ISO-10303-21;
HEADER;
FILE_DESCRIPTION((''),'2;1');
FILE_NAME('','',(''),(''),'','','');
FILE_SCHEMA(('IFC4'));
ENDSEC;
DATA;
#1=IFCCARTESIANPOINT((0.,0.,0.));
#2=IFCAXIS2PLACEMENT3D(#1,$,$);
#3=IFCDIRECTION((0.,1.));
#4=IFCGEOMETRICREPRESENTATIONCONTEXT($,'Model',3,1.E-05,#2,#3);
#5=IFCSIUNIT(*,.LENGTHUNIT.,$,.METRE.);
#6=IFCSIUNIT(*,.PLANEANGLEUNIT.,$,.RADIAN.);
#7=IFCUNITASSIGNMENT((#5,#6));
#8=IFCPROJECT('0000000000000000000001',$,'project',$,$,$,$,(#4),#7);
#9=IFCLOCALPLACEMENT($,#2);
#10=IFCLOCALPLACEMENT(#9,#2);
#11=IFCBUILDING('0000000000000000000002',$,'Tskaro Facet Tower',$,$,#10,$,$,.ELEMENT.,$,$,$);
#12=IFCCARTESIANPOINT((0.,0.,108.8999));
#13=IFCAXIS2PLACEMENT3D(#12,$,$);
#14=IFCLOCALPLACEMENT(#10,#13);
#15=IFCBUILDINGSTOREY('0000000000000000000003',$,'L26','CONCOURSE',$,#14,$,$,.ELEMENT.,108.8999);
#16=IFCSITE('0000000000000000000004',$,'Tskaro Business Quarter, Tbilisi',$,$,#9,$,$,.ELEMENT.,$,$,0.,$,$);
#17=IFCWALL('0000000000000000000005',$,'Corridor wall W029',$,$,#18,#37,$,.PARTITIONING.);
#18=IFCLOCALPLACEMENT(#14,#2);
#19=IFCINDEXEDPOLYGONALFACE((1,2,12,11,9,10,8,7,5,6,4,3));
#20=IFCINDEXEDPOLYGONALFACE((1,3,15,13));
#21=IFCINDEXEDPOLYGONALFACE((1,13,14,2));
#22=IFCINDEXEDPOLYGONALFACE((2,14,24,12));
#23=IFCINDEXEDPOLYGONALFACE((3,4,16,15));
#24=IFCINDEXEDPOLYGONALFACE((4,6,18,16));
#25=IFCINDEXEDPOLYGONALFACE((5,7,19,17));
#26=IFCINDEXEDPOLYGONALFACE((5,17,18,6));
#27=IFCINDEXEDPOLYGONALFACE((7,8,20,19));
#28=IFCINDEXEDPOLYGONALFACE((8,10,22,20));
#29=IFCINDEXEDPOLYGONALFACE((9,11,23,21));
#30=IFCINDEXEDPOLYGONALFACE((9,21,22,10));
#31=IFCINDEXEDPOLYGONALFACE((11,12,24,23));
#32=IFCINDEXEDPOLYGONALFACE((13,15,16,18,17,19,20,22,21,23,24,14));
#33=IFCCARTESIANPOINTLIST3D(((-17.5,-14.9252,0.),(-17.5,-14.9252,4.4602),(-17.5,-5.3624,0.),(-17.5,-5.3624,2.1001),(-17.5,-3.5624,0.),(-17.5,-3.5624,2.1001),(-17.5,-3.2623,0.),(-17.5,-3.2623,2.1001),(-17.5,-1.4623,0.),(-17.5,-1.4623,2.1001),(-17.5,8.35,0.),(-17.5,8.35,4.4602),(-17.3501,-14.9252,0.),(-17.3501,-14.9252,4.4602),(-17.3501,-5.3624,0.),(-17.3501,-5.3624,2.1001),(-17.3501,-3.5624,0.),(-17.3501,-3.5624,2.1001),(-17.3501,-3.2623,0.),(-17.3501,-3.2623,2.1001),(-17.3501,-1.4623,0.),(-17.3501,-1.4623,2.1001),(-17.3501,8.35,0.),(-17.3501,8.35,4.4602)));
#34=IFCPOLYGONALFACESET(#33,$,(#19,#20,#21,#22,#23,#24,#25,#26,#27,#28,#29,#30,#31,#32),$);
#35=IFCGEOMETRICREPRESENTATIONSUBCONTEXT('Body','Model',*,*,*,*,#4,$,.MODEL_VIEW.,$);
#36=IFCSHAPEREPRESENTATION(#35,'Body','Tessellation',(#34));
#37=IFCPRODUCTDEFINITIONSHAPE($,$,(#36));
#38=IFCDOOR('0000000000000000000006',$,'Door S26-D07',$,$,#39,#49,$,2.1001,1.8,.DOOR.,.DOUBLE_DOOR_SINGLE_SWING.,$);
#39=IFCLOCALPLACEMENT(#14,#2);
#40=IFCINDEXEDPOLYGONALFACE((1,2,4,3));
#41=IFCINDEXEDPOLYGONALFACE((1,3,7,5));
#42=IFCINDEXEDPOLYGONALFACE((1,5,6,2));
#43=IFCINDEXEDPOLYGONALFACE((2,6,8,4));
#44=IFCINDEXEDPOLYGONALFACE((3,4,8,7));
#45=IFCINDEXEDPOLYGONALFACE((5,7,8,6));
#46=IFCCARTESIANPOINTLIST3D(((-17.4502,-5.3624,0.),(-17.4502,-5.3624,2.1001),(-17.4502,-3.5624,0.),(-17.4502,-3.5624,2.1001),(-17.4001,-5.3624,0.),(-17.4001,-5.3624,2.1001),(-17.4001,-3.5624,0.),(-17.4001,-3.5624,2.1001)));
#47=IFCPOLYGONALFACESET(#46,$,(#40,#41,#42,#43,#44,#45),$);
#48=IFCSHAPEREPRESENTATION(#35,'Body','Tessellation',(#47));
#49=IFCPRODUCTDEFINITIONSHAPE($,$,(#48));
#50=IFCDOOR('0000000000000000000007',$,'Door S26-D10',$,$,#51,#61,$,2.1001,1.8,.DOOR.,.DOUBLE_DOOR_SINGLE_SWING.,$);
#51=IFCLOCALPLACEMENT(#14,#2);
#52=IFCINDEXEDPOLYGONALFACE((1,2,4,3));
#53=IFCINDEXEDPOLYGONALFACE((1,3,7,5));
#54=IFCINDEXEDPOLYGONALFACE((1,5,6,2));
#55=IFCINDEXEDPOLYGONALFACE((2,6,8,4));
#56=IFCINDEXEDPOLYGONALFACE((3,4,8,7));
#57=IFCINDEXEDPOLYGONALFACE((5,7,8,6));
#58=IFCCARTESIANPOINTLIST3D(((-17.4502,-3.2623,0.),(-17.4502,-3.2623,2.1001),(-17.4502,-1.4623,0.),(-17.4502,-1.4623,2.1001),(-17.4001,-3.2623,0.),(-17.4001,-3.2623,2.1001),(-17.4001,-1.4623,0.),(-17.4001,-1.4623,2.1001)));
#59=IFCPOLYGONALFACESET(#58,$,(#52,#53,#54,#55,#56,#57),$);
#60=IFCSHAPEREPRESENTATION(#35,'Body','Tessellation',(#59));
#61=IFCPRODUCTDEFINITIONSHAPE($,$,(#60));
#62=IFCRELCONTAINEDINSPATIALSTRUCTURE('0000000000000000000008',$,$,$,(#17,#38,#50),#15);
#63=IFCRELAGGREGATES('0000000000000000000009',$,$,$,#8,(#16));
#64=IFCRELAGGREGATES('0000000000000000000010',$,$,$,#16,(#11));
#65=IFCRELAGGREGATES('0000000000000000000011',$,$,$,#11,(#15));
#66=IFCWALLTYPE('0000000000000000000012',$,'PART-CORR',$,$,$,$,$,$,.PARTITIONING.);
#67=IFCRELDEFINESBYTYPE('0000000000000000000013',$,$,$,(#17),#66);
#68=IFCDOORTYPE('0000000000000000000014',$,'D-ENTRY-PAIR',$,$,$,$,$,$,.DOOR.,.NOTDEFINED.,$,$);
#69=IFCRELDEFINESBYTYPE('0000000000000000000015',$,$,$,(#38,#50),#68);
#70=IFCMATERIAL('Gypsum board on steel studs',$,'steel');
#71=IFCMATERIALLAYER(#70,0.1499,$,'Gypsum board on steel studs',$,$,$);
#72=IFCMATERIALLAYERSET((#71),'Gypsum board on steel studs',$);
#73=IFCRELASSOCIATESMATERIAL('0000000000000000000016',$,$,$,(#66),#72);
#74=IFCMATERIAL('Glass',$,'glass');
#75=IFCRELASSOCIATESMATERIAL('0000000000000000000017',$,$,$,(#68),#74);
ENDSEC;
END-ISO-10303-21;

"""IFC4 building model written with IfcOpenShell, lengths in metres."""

from ifc_helpers import new_model, si_unit, direction, frame, frame_2d, origin, place, context, subcontext, project, spatial, rectangle, extrude, material, layer, layer_set, type_object, element, fill, save


model = new_model("IFC4")

# Units and contexts
model_context = context("Model", 3, precision=1e-05, world=origin(), true_north=direction((0.0, 1.0)))
body_context = subcontext(model_context, "Body", "Model", "MODEL_VIEW")
ifc_project = project(units=[si_unit("LENGTHUNIT", "METRE"), si_unit("PLANEANGLEUNIT", "RADIAN")], contexts=[model_context])

# Site, building, storey
site_placement = place(None, origin())
site = spatial("IfcSite", under=ifc_project, at=site_placement, Name="Tskaro Business Quarter, Tbilisi", CompositionType="ELEMENT", RefElevation=0.0)
building_placement = place(site_placement, origin())
building = spatial("IfcBuilding", under=site, at=building_placement, Name="Tskaro Facet Tower", CompositionType="ELEMENT")
storey_placement = place(building_placement, frame((0.0, 0.0, 108.8999)))
storey = spatial("IfcBuildingStorey", under=building, at=storey_placement, Name="L26", Description="CONCOURSE", CompositionType="ELEMENT", Elevation=108.8999)

# Wall, openings, doors
ifc_material_1 = material(Name="Gypsum board on steel studs", Category="steel")
ifc_layer_1 = layer(ifc_material_1, 0.1499, Name="Gypsum board on steel studs")
ifc_layer_set_1 = layer_set([ifc_layer_1], Name="Gypsum board on steel studs")
wall_type = type_object("IfcWallType", Name="PART-CORR", PredefinedType="PARTITIONING", material=ifc_layer_set_1)
wall_1_placement = place(storey_placement, frame((-17.425, 8.3501, 0.0), z_axis=(0.0, 0.0, 1.0), x_axis=(0.0, -1.0, 0.0)))
wall_1 = element("IfcWall", 1, at=wall_1_placement, inside=storey, type_object=wall_type, Name="Corridor wall W029", PredefinedType="PARTITIONING", context=body_context, shape_type="SweptSolid", body=[
    extrude(rectangle(XDim=23.2751, YDim=0.1499, at=frame_2d((11.6377, 0.0))), origin(), (0.0, 0.0, 1.0), 4.4602),
])
opening_1_placement = place(wall_1_placement, frame((11.9126, 0.0, 0.0)))
opening_1 = element("IfcOpeningElement", 2, at=opening_1_placement, cuts=wall_1, PredefinedType="OPENING", context=body_context, shape_type="SweptSolid", body=[
    extrude(rectangle(XDim=1.8, YDim=2.1001, at=frame_2d((0.8999, 1.05))), frame((0.0, 0.085, 0.0), z_axis=(0.0, -1.0, 0.0), x_axis=(1.0, 0.0, 0.0)), (0.0, 0.0, 1.0), 0.1699),
])
opening_2_placement = place(wall_1_placement, frame((9.8125, 0.0, 0.0)))
opening_2 = element("IfcOpeningElement", 3, at=opening_2_placement, cuts=wall_1, PredefinedType="OPENING", context=body_context, shape_type="SweptSolid", body=[
    extrude(rectangle(XDim=1.8, YDim=2.1001, at=frame_2d((0.8999, 1.05))), frame((0.0, 0.085, 0.0), z_axis=(0.0, -1.0, 0.0), x_axis=(1.0, 0.0, 0.0)), (0.0, 0.0, 1.0), 0.1699),
])
ifc_material_2 = material(Name="Glass", Category="glass")
door_type_1 = type_object("IfcDoorType", Name="D-ENTRY-PAIR", OperationType="NOTDEFINED", PredefinedType="DOOR", material=ifc_material_2)
door_1_placement = place(opening_1_placement, origin())
door_1 = element("IfcDoor", 4, at=door_1_placement, inside=storey, type_object=door_type_1, Name="Door S26-D07", OperationType="DOUBLE_DOOR_SINGLE_SWING", OverallHeight=2.1001, OverallWidth=1.8, PredefinedType="DOOR", context=body_context, shape_type="SweptSolid", body=[
    extrude(rectangle(XDim=1.8, YDim=2.1001, at=frame_2d((0.8999, 1.05))), frame((0.0, 0.0249, 0.0), z_axis=(0.0, -1.0, 0.0), x_axis=(1.0, 0.0, 0.0)), (0.0, 0.0, 1.0), 0.05),
])
fill(opening_1, door_1)
door_2_placement = place(opening_2_placement, origin())
door_2 = element("IfcDoor", 5, at=door_2_placement, inside=storey, type_object=door_type_1, Name="Door S26-D10", OperationType="DOUBLE_DOOR_SINGLE_SWING", OverallHeight=2.1001, OverallWidth=1.8, PredefinedType="DOOR", context=body_context, shape_type="SweptSolid", body=[
    extrude(rectangle(XDim=1.8, YDim=2.1001, at=frame_2d((0.8999, 1.05))), frame((0.0, 0.0249, 0.0), z_axis=(0.0, -1.0, 0.0), x_axis=(1.0, 0.0, 0.0)), (0.0, 0.0, 1.0), 0.05),
])
fill(opening_2, door_2)

save(model, "model.ifc")
